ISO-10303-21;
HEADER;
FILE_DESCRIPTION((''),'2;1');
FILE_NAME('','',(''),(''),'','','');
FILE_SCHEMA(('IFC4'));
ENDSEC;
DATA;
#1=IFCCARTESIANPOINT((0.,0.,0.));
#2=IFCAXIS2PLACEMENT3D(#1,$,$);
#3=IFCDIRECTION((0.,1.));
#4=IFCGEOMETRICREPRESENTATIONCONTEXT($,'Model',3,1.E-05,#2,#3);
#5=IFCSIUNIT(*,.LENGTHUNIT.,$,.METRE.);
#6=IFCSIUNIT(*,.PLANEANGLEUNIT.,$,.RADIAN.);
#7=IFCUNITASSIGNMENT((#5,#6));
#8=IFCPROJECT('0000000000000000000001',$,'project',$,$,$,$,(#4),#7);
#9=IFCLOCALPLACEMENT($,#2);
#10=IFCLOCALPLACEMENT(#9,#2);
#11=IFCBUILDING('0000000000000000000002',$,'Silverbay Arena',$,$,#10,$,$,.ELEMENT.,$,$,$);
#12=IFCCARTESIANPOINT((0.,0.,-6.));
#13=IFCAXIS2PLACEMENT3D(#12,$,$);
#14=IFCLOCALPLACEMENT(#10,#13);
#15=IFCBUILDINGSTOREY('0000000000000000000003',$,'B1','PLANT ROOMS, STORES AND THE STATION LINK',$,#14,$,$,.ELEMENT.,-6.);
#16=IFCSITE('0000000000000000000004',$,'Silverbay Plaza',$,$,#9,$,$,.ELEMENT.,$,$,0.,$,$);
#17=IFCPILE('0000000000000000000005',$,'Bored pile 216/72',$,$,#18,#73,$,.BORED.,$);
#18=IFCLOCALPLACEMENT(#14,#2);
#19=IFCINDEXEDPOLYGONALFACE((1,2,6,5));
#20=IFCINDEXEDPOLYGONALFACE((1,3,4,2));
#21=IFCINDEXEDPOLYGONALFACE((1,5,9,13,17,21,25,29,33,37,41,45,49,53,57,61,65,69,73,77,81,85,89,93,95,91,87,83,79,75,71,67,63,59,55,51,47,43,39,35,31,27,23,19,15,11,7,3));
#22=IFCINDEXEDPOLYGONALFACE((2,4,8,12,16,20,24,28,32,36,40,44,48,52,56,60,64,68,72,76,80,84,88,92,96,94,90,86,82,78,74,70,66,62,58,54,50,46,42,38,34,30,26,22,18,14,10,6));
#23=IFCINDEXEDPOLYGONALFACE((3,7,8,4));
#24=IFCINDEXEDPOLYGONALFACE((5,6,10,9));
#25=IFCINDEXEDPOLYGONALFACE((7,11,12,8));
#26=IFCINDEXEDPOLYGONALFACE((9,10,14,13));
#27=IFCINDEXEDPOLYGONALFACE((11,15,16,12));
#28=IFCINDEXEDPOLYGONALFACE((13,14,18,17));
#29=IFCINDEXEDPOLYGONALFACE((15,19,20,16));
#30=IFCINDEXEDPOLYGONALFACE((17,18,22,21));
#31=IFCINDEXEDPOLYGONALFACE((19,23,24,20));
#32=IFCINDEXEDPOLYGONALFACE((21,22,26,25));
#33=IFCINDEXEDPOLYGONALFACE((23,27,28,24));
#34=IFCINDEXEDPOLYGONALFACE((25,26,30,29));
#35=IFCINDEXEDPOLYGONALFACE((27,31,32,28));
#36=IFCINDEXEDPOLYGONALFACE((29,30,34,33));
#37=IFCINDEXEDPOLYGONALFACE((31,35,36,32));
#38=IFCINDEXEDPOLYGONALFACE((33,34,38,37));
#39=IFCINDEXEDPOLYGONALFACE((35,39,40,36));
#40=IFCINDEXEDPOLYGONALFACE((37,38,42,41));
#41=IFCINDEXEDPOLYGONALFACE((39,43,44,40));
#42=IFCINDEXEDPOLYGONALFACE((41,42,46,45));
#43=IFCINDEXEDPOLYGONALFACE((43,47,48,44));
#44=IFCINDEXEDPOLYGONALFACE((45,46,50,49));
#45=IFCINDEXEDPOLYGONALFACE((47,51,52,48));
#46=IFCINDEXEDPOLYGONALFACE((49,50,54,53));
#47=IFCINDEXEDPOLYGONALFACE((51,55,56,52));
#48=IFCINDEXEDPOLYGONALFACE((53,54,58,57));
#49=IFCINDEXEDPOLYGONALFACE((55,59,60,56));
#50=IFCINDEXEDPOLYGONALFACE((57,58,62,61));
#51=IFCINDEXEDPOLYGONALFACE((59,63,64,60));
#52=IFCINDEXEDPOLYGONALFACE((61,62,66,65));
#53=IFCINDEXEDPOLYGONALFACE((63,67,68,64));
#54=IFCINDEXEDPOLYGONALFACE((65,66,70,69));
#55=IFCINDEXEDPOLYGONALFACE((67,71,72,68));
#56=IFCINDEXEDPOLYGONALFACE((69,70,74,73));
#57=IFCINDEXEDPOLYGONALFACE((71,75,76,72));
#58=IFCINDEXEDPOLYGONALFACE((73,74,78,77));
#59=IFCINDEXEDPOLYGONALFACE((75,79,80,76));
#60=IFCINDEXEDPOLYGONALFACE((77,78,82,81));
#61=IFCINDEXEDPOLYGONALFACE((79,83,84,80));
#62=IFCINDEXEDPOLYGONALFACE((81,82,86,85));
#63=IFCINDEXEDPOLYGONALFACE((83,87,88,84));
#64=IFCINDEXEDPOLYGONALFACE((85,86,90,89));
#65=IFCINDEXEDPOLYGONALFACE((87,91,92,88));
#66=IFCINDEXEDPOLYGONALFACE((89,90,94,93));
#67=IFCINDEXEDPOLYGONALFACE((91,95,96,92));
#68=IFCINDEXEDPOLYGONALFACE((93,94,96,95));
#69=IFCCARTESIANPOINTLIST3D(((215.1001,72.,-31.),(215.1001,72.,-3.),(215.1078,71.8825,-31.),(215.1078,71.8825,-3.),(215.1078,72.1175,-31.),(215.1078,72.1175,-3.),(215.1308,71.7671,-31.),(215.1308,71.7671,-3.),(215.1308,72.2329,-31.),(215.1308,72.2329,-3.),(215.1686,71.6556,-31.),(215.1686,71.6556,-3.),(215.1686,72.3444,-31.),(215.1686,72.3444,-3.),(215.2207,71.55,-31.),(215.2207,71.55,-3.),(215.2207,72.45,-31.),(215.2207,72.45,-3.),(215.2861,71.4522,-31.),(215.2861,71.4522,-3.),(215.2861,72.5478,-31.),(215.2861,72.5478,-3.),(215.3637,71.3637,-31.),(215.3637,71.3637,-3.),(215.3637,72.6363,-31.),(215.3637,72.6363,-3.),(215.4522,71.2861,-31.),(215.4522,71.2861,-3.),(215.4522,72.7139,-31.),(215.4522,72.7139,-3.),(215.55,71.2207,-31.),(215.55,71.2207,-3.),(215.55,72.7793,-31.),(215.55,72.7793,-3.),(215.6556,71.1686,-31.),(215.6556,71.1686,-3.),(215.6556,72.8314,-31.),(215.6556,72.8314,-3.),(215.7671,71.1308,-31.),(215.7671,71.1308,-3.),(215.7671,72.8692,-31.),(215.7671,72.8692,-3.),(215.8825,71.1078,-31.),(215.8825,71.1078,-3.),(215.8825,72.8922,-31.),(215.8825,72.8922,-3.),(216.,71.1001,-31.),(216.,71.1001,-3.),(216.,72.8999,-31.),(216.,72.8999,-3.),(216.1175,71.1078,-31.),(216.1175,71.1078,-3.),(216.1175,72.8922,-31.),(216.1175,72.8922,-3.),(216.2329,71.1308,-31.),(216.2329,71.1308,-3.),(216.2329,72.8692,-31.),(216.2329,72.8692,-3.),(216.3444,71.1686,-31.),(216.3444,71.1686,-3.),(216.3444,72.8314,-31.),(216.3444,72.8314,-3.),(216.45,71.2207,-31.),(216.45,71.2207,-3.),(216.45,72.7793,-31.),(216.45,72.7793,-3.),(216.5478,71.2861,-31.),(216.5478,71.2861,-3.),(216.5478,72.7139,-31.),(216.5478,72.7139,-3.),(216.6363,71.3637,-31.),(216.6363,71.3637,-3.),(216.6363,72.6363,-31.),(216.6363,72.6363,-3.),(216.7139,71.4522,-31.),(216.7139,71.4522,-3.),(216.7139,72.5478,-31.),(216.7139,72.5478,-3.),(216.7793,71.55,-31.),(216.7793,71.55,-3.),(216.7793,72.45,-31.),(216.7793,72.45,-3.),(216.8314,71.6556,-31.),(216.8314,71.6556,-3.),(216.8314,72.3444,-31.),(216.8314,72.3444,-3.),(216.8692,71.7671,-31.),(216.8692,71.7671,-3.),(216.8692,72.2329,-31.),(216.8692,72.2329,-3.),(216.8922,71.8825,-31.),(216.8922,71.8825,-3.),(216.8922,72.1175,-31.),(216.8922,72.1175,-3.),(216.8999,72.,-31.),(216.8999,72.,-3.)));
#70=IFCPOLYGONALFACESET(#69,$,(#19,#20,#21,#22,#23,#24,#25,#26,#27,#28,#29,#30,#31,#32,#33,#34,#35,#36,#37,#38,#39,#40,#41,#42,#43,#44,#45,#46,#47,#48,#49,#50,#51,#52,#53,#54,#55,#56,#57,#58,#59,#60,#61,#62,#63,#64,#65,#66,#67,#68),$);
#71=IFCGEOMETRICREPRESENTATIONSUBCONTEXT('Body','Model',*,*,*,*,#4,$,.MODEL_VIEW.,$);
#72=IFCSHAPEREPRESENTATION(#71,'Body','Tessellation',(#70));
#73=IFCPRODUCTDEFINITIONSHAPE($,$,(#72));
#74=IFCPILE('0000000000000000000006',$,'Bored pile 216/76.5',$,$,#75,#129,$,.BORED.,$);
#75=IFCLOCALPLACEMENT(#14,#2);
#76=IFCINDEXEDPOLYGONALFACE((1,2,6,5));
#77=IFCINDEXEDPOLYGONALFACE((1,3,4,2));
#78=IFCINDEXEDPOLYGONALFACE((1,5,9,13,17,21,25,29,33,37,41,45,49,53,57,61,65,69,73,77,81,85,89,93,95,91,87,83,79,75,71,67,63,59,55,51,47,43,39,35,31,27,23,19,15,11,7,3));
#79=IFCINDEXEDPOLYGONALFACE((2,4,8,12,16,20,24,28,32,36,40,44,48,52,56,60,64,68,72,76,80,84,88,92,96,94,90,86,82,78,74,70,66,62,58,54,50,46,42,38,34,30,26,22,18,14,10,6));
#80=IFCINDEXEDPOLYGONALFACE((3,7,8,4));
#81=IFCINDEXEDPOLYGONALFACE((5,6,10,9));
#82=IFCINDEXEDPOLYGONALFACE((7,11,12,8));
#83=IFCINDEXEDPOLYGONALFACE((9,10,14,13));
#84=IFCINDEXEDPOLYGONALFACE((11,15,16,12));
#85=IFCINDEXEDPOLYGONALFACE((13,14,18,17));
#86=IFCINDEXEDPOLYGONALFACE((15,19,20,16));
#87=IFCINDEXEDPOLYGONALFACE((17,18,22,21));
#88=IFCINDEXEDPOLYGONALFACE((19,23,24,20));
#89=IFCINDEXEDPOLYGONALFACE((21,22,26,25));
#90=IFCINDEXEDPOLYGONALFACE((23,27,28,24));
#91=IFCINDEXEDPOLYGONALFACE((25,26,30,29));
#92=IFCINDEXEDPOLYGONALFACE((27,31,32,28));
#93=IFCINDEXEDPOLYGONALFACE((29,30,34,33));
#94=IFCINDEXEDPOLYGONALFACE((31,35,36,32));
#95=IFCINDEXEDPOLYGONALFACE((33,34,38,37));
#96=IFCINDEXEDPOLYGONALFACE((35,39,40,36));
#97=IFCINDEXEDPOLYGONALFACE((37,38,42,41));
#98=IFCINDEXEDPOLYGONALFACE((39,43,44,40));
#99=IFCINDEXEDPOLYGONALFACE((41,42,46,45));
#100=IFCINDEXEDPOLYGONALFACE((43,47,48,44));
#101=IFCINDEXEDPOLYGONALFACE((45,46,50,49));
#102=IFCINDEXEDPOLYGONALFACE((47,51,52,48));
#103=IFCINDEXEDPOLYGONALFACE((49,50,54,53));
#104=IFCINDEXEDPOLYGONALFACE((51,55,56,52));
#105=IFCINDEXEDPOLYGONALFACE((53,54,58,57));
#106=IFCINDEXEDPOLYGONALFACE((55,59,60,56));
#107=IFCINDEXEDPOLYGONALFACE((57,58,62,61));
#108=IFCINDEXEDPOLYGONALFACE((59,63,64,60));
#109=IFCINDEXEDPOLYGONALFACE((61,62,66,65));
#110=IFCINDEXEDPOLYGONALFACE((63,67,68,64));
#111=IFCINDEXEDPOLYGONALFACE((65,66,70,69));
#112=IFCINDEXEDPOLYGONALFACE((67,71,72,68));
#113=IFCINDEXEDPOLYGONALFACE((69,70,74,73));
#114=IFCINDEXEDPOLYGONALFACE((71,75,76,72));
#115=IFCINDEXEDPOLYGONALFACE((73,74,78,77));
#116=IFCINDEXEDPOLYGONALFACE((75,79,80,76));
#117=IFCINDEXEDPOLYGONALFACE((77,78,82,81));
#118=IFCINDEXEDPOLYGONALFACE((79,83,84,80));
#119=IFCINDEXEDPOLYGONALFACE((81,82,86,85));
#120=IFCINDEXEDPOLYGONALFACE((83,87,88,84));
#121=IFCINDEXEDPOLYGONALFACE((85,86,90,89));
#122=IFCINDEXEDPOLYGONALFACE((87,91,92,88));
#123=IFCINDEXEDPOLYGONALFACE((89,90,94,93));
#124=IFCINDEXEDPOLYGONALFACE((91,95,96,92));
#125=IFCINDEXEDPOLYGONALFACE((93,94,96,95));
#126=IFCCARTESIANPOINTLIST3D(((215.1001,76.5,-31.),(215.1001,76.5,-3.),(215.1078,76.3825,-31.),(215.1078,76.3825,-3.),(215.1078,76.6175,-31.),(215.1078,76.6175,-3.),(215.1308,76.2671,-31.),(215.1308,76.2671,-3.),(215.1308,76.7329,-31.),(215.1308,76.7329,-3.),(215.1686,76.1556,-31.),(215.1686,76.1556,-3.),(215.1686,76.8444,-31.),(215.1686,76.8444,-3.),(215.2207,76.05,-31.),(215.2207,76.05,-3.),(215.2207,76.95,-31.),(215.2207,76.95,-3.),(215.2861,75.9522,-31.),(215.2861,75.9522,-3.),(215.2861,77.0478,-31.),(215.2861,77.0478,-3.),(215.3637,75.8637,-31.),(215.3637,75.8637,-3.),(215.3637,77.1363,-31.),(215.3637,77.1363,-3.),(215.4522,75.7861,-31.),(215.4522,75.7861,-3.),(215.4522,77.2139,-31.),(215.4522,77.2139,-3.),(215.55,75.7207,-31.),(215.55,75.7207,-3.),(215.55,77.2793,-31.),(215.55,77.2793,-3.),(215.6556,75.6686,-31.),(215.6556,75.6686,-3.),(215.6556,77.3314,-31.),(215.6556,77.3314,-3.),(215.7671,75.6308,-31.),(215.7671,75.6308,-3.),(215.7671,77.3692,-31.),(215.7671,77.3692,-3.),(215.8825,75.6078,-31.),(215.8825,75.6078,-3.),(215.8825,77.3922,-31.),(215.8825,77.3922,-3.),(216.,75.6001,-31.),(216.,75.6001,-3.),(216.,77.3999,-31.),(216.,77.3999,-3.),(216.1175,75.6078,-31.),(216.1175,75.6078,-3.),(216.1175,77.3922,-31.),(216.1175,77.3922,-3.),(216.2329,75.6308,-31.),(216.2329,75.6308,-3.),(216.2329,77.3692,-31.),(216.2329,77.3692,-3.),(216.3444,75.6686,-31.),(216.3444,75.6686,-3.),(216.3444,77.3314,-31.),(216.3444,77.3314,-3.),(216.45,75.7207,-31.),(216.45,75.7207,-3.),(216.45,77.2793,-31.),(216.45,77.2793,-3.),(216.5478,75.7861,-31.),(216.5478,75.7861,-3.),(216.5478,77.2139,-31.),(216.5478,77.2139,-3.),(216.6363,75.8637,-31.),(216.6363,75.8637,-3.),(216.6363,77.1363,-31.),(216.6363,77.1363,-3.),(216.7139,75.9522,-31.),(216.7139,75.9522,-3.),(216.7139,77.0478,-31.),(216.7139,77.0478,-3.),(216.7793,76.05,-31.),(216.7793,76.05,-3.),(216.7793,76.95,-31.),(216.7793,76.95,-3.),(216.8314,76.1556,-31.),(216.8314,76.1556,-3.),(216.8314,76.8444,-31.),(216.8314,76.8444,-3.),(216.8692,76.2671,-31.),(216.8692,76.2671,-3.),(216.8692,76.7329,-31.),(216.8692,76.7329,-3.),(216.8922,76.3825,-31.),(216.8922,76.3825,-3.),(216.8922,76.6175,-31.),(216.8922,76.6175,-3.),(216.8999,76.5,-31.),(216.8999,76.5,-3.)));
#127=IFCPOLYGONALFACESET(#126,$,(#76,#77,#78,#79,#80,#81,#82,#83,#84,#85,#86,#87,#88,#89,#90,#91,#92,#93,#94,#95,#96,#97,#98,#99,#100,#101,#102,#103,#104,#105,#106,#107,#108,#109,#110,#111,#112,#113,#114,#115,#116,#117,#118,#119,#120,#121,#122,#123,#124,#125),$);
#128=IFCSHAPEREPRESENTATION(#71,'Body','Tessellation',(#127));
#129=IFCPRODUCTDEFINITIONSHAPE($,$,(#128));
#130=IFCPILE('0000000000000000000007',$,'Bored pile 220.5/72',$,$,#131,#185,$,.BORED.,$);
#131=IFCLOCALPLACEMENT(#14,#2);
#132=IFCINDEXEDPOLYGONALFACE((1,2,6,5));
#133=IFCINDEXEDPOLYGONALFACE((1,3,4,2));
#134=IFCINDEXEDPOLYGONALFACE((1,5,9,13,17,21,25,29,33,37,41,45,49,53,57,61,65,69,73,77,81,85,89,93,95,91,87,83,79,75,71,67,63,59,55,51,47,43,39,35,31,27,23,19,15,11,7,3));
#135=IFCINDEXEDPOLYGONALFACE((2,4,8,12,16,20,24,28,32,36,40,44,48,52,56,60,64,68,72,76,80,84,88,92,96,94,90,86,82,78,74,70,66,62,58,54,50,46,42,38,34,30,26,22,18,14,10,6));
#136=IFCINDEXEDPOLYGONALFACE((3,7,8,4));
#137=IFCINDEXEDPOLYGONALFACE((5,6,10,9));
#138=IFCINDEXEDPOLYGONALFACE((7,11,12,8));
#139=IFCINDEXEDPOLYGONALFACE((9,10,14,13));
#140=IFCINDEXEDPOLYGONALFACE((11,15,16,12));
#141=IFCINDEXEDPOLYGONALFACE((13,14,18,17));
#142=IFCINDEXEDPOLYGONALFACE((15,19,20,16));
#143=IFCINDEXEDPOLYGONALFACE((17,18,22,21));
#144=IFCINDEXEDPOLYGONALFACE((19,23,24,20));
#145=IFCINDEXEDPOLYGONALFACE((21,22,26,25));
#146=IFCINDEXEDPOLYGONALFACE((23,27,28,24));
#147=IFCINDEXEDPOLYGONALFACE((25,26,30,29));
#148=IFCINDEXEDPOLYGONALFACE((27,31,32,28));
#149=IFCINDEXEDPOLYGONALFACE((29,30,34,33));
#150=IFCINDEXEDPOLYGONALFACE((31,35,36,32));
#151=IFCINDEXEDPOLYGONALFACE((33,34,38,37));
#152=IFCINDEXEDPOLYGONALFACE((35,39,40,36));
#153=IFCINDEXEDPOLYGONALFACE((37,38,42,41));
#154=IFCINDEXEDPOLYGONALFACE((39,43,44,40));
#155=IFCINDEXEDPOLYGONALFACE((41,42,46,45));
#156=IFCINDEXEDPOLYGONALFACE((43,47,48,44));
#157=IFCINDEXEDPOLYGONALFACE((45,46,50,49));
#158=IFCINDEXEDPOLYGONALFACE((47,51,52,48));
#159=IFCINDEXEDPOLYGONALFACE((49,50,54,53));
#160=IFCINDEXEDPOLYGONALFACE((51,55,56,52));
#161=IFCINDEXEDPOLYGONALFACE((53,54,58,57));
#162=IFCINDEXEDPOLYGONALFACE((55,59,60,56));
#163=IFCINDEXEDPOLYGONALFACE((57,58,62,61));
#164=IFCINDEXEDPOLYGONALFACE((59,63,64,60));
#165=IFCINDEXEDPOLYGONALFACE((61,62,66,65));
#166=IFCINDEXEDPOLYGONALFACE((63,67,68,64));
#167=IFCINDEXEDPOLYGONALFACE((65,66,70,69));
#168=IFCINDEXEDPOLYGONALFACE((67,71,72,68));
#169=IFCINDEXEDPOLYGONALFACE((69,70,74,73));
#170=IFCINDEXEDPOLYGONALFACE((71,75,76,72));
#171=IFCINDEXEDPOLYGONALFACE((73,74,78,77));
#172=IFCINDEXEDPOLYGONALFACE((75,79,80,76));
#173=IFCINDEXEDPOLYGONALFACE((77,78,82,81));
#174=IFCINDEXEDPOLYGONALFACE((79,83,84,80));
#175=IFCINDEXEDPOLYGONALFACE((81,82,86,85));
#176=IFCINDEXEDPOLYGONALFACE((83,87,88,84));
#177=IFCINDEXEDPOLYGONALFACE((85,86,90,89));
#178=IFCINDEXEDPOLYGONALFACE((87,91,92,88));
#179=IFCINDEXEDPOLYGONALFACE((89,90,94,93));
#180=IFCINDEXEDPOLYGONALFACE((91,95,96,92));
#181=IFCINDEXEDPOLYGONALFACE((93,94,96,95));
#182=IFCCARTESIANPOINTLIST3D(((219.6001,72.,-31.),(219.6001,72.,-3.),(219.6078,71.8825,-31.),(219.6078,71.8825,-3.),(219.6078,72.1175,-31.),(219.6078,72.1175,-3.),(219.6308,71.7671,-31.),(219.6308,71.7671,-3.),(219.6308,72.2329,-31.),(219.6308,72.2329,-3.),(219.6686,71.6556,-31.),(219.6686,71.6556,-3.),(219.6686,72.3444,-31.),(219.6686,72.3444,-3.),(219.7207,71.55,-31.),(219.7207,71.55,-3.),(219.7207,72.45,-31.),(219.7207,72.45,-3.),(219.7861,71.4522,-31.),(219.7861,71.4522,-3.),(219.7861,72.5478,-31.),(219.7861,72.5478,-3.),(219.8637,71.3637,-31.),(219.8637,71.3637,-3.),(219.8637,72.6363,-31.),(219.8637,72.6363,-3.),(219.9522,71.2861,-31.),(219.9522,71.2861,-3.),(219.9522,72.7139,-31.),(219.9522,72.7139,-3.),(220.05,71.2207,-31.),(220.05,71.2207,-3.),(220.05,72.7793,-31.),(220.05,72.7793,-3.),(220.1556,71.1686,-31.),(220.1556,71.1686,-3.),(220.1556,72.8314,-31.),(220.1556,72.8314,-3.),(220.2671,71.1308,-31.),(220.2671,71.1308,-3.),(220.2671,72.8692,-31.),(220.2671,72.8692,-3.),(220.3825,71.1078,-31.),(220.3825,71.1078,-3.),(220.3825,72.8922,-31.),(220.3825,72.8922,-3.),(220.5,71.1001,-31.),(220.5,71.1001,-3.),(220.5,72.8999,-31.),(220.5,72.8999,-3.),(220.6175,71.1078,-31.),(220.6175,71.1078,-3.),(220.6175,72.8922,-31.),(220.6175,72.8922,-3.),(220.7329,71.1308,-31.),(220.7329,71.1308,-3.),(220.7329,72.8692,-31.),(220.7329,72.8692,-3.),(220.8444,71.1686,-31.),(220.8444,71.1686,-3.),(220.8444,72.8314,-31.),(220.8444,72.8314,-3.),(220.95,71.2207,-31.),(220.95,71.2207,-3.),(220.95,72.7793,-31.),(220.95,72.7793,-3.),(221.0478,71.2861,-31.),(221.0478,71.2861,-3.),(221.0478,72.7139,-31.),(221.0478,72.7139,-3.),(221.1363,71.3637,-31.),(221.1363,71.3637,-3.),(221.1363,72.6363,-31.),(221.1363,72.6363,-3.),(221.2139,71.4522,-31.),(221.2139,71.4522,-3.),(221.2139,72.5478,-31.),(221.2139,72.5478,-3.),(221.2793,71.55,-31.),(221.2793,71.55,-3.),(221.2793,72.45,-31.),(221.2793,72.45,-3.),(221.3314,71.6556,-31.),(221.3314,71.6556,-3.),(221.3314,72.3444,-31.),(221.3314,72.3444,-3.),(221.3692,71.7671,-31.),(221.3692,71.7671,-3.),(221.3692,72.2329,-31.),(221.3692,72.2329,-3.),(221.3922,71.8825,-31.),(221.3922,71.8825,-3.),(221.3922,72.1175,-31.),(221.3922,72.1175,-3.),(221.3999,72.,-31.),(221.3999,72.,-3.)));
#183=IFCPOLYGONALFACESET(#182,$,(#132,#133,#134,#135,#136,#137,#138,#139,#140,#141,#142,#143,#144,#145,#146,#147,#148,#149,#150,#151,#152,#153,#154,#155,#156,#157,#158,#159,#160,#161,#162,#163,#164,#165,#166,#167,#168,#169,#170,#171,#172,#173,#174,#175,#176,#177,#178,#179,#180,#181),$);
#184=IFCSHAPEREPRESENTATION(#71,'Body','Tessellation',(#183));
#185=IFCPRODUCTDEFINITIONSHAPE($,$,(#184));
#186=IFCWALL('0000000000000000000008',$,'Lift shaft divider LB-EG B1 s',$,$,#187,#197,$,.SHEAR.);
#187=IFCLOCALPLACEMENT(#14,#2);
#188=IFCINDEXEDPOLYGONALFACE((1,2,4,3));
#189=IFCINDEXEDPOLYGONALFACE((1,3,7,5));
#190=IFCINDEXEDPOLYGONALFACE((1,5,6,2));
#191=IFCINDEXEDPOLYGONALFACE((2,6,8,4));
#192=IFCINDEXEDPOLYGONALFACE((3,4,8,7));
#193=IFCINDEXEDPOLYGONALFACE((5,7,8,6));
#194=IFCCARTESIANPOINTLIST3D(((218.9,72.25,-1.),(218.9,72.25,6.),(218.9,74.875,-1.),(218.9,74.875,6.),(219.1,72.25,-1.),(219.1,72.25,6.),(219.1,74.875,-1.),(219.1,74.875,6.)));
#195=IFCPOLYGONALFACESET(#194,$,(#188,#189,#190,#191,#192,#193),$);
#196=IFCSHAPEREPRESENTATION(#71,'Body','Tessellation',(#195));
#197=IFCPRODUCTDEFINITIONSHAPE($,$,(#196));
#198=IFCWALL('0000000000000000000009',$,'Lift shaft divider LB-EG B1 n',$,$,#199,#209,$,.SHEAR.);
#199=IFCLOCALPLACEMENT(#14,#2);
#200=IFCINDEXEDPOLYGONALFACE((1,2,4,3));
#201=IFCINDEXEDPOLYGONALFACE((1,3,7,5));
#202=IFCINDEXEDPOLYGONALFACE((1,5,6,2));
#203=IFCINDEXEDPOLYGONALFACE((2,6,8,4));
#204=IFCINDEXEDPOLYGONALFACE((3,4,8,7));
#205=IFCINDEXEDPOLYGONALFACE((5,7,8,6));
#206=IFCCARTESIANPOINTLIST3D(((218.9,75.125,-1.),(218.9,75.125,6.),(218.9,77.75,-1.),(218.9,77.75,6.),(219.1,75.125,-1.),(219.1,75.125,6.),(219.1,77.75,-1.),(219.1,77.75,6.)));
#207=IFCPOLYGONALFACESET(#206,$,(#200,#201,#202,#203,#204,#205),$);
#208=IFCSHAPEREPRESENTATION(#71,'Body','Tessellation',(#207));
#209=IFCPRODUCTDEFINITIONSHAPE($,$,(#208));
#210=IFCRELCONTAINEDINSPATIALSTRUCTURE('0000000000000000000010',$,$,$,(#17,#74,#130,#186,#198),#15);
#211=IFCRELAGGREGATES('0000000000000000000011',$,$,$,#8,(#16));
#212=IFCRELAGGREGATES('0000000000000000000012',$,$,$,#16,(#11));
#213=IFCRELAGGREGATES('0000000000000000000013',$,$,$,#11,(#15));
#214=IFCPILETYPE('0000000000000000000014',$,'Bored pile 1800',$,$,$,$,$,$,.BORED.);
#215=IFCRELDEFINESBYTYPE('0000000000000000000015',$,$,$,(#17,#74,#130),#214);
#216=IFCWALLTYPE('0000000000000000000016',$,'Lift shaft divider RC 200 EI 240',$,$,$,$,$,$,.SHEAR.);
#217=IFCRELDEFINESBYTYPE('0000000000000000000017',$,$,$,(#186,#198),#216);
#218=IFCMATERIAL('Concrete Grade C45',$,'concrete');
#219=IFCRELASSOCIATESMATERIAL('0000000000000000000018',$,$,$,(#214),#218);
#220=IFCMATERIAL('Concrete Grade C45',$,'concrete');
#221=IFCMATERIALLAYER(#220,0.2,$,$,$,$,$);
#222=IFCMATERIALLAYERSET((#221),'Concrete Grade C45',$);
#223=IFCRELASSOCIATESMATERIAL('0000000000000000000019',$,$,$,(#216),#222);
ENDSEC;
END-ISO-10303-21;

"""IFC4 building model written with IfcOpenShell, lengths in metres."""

from ifc_helpers import new_model, si_unit, direction, frame, frame_2d, origin, origin_2d, place, context, subcontext, project, spatial, rectangle, circle, extrude, material, layer, layer_set, material_profile, profile_set, type_object, element, save


model = new_model("IFC4")

# Units and contexts
model_context = context("Model", 3, precision=1e-05, world=origin(), true_north=direction((0.0, 1.0)))
body_context = subcontext(model_context, "Body", "Model", "MODEL_VIEW")
ifc_project = project(units=[si_unit("LENGTHUNIT", "METRE"), si_unit("PLANEANGLEUNIT", "RADIAN")], contexts=[model_context])

# Site, building, storey
site_placement = place(None, origin())
site = spatial("IfcSite", under=ifc_project, at=site_placement, Name="Silverbay Plaza", CompositionType="ELEMENT", RefElevation=0.0)
building_placement = place(site_placement, origin())
building = spatial("IfcBuilding", under=site, at=building_placement, Name="Silverbay Arena", CompositionType="ELEMENT")
storey_placement = place(building_placement, frame((0.0, 0.0, -6.0)))
storey = spatial("IfcBuildingStorey", under=building, at=storey_placement, Name="B1", Description="PLANT ROOMS, STORES AND THE STATION LINK", CompositionType="ELEMENT", Elevation=-6.0)

# Piles
ifc_material_1 = material(Name="Concrete Grade C45", Category="concrete")
ifc_material_profile_1 = material_profile(ifc_material_1, circle(Radius=0.8999, at=origin_2d()), Name="Bored pile 1800")
ifc_profile_set_1 = profile_set([ifc_material_profile_1], Name="Concrete Grade C45")
pile_type_1 = type_object("IfcPileType", Name="Bored pile 1800", PredefinedType="BORED", material=ifc_profile_set_1)
for number, where, z_axis, x_axis, name in (
    (1, (216.0, 72.0, -3.0), (0.0, 0.0, -1.0), (1.0, 0.0, 0.0), "Bored pile 216/72"),
    (2, (216.0, 76.5, -3.0), (0.0, 0.0, -1.0), (1.0, 0.0, 0.0), "Bored pile 216/76.5"),
    (3, (220.5, 72.0, -3.0), (0.0, 0.0, -1.0), (1.0, 0.0, 0.0), "Bored pile 220.5/72"),
):
    element("IfcPile", number, at=place(storey_placement, frame(where, z_axis=z_axis, x_axis=x_axis)), inside=storey, type_object=pile_type_1, Name=name, PredefinedType="BORED", context=body_context, shape_type="SweptSolid", body=[
        extrude(circle(Radius=0.8999, at=origin_2d()), origin(), (0.0, 0.0, 1.0), 28.0),
    ])

# Walls
ifc_material_2 = material(Name="Concrete Grade C45", Category="concrete")
ifc_layer_1 = layer(ifc_material_2, 0.2)
ifc_layer_set_1 = layer_set([ifc_layer_1], Name="Concrete Grade C45")
wall_type_1 = type_object("IfcWallType", Name="Lift shaft divider RC 200 EI 240", PredefinedType="SHEAR", material=ifc_layer_set_1)
for number, where, z_axis, x_axis, name in (
    (4, (219.0, 72.25, -1.0), (0.0, 0.0, 1.0), (0.0, 1.0, 0.0), "Lift shaft divider LB-EG B1 s"),
    (5, (219.0, 75.125, -1.0), (0.0, 0.0, 1.0), (0.0, 1.0, 0.0), "Lift shaft divider LB-EG B1 n"),
):
    element("IfcWall", number, at=place(storey_placement, frame(where, z_axis=z_axis, x_axis=x_axis)), inside=storey, type_object=wall_type_1, Name=name, PredefinedType="SHEAR", context=body_context, shape_type="SweptSolid", body=[
        extrude(rectangle(XDim=2.625, YDim=0.2, at=frame_2d((1.3125, 0.0))), origin(), (0.0, 0.0, 1.0), 7.0),
    ])

save(model, "model.ifc")
